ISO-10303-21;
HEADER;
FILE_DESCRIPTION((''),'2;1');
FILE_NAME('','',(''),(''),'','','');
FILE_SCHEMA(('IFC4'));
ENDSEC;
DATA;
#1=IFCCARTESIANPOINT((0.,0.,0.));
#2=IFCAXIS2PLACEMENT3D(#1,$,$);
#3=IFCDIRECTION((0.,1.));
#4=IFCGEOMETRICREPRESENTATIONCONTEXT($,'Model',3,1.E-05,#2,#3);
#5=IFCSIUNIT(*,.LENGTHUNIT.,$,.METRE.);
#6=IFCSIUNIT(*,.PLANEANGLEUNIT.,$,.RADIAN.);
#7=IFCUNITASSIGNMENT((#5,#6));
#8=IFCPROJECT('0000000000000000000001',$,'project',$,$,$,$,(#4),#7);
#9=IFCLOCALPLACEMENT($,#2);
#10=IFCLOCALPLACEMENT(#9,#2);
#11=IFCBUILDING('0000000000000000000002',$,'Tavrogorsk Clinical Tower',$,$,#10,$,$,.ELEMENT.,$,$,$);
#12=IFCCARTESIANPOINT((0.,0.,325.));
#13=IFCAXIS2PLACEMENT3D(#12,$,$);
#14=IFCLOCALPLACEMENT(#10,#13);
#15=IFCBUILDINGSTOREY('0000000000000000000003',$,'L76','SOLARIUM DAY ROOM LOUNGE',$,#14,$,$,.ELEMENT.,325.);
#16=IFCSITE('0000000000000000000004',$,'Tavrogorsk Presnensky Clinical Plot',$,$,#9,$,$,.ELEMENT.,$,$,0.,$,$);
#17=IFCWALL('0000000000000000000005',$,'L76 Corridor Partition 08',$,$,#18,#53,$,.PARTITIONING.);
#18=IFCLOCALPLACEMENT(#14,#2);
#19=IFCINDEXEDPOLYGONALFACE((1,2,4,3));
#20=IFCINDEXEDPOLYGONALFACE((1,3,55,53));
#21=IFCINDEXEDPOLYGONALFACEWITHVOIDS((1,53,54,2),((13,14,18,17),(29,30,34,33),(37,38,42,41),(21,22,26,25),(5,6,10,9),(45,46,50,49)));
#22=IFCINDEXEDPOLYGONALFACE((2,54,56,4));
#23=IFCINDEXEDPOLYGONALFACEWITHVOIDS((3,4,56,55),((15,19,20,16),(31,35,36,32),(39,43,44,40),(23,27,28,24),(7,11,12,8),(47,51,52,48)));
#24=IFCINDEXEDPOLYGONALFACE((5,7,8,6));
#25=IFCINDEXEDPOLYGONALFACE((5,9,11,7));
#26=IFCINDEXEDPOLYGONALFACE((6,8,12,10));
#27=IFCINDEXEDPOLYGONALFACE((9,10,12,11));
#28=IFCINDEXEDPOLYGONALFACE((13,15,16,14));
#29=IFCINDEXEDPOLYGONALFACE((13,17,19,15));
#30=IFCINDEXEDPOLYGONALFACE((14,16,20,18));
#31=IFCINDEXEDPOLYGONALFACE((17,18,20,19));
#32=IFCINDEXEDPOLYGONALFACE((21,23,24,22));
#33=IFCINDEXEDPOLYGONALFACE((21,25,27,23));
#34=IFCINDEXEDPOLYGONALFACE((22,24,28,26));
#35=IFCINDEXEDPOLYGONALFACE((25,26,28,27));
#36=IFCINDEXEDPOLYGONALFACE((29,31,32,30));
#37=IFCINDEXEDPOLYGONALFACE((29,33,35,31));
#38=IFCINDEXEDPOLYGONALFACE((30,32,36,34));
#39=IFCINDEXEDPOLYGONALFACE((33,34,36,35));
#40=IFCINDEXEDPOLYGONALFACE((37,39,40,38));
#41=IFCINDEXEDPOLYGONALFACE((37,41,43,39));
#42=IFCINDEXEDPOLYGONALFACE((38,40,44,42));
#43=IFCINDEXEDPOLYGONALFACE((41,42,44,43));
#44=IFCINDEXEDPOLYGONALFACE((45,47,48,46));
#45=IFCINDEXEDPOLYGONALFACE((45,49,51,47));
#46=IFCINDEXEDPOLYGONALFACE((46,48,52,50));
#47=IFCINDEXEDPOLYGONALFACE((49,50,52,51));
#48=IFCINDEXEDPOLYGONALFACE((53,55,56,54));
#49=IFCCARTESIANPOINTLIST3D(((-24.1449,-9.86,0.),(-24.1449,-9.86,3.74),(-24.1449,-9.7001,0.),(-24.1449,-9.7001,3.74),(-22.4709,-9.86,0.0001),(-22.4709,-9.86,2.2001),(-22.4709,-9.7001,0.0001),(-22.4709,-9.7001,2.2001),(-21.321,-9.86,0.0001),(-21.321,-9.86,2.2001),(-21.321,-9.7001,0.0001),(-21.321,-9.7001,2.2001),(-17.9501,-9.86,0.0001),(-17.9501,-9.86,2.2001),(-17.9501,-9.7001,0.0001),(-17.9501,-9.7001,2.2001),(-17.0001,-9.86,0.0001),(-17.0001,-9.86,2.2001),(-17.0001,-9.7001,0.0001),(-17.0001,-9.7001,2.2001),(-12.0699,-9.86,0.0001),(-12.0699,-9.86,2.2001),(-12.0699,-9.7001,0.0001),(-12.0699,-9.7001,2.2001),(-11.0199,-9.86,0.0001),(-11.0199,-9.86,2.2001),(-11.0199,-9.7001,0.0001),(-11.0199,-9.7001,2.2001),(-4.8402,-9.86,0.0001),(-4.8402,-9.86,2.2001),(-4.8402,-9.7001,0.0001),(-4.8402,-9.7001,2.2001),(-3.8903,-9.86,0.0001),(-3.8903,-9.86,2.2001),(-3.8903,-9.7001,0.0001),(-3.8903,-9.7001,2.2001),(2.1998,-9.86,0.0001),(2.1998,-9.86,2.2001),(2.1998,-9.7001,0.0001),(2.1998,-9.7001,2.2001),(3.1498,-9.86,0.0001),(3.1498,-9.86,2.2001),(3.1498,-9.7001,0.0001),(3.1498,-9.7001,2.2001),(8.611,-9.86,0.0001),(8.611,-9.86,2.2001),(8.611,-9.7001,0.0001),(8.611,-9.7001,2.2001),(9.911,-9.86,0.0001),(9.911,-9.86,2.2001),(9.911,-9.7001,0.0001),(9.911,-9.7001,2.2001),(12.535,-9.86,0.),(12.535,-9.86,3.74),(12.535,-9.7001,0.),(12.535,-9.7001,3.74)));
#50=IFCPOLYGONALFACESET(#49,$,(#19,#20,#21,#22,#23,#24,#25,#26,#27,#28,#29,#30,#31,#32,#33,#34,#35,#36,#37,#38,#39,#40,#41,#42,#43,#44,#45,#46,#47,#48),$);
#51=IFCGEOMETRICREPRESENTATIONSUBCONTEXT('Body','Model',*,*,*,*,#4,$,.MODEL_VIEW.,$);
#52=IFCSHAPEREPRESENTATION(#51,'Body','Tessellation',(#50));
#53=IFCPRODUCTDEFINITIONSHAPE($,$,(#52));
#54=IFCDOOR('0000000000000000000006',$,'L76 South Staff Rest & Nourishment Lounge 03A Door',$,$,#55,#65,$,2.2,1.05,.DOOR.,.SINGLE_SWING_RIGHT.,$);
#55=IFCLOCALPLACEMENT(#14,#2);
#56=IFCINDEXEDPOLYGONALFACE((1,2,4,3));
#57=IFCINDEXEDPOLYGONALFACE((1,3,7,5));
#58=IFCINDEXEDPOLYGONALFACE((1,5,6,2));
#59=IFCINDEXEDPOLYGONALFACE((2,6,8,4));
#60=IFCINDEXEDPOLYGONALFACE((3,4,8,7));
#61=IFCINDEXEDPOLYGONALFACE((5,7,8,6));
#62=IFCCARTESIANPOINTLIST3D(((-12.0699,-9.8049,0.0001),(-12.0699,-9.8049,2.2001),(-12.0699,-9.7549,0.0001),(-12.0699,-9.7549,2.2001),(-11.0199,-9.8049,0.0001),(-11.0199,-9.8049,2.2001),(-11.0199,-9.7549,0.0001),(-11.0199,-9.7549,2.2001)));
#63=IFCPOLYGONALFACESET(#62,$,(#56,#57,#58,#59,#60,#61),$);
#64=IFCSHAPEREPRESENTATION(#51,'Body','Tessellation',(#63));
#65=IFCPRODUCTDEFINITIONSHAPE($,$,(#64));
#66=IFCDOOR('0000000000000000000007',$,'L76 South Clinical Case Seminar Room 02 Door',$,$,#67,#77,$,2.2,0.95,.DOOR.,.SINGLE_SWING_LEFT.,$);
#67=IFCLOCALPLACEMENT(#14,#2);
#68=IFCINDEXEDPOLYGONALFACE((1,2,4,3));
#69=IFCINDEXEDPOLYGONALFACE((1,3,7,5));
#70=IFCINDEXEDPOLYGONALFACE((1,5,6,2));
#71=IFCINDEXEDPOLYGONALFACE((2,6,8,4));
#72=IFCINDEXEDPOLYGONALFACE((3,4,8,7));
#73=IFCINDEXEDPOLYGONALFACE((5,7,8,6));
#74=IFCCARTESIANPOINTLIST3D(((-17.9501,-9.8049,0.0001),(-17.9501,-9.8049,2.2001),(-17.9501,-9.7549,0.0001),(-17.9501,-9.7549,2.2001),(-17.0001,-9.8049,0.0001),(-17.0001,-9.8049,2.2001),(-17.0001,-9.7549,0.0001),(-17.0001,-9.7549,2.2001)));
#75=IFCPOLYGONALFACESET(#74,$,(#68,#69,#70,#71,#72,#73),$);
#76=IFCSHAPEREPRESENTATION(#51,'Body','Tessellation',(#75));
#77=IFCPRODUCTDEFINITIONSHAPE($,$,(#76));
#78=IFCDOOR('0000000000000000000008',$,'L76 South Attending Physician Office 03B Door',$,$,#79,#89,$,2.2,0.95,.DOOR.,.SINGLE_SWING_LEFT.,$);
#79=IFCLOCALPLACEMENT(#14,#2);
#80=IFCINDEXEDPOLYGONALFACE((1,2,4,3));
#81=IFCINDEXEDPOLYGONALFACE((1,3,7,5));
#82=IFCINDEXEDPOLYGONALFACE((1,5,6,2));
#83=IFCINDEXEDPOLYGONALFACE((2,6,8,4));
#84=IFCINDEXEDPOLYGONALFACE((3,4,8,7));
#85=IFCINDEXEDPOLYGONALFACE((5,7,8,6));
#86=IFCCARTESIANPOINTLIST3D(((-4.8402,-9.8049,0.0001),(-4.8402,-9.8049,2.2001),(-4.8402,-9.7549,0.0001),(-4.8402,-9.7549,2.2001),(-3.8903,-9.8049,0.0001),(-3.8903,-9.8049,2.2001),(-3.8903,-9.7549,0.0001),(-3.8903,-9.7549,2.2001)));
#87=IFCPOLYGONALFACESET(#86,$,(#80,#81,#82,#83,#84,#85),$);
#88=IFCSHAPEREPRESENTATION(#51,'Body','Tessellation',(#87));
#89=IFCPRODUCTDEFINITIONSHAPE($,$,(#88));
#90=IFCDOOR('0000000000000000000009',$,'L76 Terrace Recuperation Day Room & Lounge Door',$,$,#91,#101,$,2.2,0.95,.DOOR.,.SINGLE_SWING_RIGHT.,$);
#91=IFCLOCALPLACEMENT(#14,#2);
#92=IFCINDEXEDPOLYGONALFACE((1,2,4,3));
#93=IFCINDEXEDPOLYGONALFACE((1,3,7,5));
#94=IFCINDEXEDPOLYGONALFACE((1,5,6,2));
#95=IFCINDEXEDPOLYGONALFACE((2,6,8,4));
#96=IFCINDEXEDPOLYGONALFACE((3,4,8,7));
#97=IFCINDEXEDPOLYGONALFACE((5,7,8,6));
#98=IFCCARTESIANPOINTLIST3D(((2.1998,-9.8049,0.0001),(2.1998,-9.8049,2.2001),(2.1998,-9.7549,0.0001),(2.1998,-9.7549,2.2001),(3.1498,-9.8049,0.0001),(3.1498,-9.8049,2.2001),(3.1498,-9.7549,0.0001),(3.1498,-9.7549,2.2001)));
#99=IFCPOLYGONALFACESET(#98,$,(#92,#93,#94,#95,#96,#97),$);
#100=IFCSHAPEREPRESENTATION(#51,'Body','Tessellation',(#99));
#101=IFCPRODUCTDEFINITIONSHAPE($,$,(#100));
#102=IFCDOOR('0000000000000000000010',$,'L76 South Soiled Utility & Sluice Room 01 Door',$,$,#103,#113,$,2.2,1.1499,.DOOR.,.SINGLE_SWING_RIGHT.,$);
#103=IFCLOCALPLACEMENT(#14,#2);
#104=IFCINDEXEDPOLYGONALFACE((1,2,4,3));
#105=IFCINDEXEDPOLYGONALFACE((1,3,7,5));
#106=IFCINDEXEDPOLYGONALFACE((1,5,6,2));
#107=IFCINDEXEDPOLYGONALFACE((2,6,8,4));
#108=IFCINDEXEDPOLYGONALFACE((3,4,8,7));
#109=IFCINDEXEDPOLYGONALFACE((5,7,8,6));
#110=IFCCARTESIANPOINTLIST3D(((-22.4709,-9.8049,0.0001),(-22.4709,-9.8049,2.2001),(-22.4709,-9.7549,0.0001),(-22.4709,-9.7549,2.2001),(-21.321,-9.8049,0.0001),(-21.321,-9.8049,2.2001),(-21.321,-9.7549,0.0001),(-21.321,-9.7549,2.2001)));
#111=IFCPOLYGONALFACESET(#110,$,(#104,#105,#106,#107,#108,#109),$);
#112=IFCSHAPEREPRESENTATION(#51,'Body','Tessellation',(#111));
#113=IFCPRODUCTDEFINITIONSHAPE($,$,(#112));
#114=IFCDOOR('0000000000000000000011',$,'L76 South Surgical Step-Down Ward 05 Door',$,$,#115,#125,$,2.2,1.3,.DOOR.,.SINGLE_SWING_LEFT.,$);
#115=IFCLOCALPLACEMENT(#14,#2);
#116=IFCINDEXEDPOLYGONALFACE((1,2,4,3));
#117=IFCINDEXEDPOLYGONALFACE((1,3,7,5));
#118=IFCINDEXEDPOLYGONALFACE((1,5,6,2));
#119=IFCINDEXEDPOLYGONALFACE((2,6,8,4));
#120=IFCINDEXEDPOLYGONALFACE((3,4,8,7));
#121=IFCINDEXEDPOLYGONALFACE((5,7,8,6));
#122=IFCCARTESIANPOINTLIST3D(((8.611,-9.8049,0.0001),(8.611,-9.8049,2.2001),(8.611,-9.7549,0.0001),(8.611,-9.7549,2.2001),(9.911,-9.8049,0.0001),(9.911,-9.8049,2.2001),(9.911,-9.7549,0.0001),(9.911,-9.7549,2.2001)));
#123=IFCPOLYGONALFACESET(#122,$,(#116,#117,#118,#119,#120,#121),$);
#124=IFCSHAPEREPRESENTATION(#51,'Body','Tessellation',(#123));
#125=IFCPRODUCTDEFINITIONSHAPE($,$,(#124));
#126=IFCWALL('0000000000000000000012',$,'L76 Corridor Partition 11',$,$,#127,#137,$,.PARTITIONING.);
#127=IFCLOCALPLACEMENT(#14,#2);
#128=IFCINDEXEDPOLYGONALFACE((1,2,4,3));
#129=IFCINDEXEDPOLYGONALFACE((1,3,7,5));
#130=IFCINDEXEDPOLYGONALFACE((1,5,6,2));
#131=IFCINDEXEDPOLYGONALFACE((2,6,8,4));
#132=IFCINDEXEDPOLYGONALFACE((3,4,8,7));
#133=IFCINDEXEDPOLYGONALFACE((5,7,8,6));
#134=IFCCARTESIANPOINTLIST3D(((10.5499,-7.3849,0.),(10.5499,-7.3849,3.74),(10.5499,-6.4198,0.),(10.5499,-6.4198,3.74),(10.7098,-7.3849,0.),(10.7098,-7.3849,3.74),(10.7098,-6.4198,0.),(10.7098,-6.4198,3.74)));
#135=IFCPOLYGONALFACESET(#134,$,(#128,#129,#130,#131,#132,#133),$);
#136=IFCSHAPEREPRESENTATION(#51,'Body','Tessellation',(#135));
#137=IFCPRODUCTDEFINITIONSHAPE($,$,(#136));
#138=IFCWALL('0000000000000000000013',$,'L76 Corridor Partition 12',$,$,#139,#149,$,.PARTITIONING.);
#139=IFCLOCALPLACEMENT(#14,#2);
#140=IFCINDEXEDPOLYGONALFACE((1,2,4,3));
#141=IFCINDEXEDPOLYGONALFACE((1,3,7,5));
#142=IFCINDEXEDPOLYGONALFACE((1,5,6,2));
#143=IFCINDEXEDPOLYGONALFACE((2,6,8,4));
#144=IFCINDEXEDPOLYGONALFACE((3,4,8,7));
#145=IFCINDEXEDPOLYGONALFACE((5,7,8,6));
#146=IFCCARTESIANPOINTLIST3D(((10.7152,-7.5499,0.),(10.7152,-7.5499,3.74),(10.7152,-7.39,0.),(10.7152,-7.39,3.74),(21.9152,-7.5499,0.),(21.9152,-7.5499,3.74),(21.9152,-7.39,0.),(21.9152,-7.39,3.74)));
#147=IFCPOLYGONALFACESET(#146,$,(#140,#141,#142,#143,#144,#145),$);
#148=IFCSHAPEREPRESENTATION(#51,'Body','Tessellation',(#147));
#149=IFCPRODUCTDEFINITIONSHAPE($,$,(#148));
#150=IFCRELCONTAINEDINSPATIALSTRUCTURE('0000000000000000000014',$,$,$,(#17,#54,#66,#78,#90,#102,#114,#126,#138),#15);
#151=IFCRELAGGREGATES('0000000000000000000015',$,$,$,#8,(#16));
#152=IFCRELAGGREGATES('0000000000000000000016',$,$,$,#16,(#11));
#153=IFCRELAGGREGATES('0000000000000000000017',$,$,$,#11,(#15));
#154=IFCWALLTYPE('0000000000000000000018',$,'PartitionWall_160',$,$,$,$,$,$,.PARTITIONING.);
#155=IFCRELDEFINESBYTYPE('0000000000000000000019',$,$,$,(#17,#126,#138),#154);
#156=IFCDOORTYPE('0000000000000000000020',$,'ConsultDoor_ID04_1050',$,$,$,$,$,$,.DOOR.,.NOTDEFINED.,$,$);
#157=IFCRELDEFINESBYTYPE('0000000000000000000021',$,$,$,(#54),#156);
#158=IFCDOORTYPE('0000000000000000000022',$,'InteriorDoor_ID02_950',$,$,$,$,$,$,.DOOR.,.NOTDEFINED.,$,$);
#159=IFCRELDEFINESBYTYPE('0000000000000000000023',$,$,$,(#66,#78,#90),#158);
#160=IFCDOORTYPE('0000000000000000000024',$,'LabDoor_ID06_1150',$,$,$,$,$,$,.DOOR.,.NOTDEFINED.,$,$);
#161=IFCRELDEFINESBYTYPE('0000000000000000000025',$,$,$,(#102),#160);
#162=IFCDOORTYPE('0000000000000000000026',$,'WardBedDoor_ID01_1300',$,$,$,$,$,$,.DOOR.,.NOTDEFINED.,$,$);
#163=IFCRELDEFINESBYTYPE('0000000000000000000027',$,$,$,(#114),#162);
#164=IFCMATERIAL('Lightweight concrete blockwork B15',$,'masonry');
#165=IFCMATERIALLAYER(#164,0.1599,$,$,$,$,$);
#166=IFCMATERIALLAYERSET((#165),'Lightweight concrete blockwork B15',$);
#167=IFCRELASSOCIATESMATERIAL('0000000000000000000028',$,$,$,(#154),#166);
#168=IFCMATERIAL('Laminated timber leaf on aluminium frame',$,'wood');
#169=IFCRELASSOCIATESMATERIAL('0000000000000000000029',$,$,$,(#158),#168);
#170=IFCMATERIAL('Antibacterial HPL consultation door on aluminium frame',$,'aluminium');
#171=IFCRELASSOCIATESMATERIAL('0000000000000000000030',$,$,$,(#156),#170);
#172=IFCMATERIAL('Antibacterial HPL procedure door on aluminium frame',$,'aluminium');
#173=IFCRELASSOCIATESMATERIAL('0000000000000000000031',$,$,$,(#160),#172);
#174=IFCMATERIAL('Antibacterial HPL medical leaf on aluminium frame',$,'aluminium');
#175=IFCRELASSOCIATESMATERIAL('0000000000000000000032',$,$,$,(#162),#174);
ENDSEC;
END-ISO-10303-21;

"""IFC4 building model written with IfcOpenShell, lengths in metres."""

from ifc_helpers import new_model, si_unit, direction, frame, frame_2d, origin, place, context, subcontext, project, spatial, rectangle, extrude, material, layer, layer_set, type_object, element, fill, save


model = new_model("IFC4")

# Units and contexts
model_context = context("Model", 3, precision=1e-05, world=origin(), true_north=direction((0.0, 1.0)))
body_context = subcontext(model_context, "Body", "Model", "MODEL_VIEW")
ifc_project = project(units=[si_unit("LENGTHUNIT", "METRE"), si_unit("PLANEANGLEUNIT", "RADIAN")], contexts=[model_context])

# Site, building, storey
site_placement = place(None, origin())
site = spatial("IfcSite", under=ifc_project, at=site_placement, Name="Tavrogorsk Presnensky Clinical Plot", CompositionType="ELEMENT", RefElevation=0.0)
building_placement = place(site_placement, origin())
building = spatial("IfcBuilding", under=site, at=building_placement, Name="Tavrogorsk Clinical Tower", CompositionType="ELEMENT")
storey_placement = place(building_placement, frame((0.0, 0.0, 325.0)))
storey = spatial("IfcBuildingStorey", under=building, at=storey_placement, Name="L76", Description="SOLARIUM DAY ROOM LOUNGE", CompositionType="ELEMENT", Elevation=325.0)

# Shared definitions
ifc_material_1 = material(Name="Lightweight concrete blockwork B15", Category="masonry")
ifc_layer_1 = layer(ifc_material_1, 0.1599)
ifc_layer_set_1 = layer_set([ifc_layer_1], Name="Lightweight concrete blockwork B15")
wall_type_1 = type_object("IfcWallType", Name="PartitionWall_160", PredefinedType="PARTITIONING", material=ifc_layer_set_1)
ifc_material_2 = material(Name="Laminated timber leaf on aluminium frame", Category="wood")
door_type_1 = type_object("IfcDoorType", Name="InteriorDoor_ID02_950", OperationType="NOTDEFINED", PredefinedType="DOOR", material=ifc_material_2)

# Wall, openings, doors
wall_1_placement = place(storey_placement, frame((12.5349, -9.78, 0.0), z_axis=(0.0, 0.0, 1.0), x_axis=(-1.0, 0.0, 0.0)))
wall_1 = element("IfcWall", 1, at=wall_1_placement, inside=storey, type_object=wall_type_1, Name="L76 Corridor Partition 08", PredefinedType="PARTITIONING", context=body_context, shape_type="SweptSolid", body=[
    extrude(rectangle(XDim=36.6799, YDim=0.1599, at=frame_2d((18.3398, 0.0))), origin(), (0.0, 0.0, 1.0), 3.74),
])
opening_1_placement = place(wall_1_placement, frame((33.856, 0.0, 0.0)))
opening_1 = element("IfcOpeningElement", 2, at=opening_1_placement, cuts=wall_1, PredefinedType="OPENING", context=body_context, shape_type="SweptSolid", body=[
    extrude(rectangle(XDim=1.1499, YDim=2.2, at=frame_2d((0.575, 1.1001))), frame((0.0, 0.0898, 0.0), z_axis=(0.0, -1.0, 0.0), x_axis=(1.0, 0.0, 0.0)), (0.0, 0.0, 1.0), 0.1799),
])
opening_2_placement = place(wall_1_placement, frame((29.5349, 0.0, 0.0)))
opening_2 = element("IfcOpeningElement", 3, at=opening_2_placement, cuts=wall_1, PredefinedType="OPENING", context=body_context, shape_type="SweptSolid", body=[
    extrude(rectangle(XDim=0.95, YDim=2.2, at=frame_2d((0.4751, 1.1001))), frame((0.0, 0.0898, 0.0), z_axis=(0.0, -1.0, 0.0), x_axis=(1.0, 0.0, 0.0)), (0.0, 0.0, 1.0), 0.1799),
])
opening_3_placement = place(wall_1_placement, frame((23.5549, 0.0, 0.0)))
opening_3 = element("IfcOpeningElement", 4, at=opening_3_placement, cuts=wall_1, PredefinedType="OPENING", context=body_context, shape_type="SweptSolid", body=[
    extrude(rectangle(XDim=1.05, YDim=2.2, at=frame_2d((0.5249, 1.1001))), frame((0.0, 0.0898, 0.0), z_axis=(0.0, -1.0, 0.0), x_axis=(1.0, 0.0, 0.0)), (0.0, 0.0, 1.0), 0.1799),
])
opening_4_placement = place(wall_1_placement, frame((16.425, 0.0, 0.0)))
opening_4 = element("IfcOpeningElement", 5, at=opening_4_placement, cuts=wall_1, PredefinedType="OPENING", context=body_context, shape_type="SweptSolid", body=[
    extrude(rectangle(XDim=0.95, YDim=2.2, at=frame_2d((0.4751, 1.1001))), frame((0.0, 0.0898, 0.0), z_axis=(0.0, -1.0, 0.0), x_axis=(1.0, 0.0, 0.0)), (0.0, 0.0, 1.0), 0.1799),
])
opening_5_placement = place(wall_1_placement, frame((9.385, 0.0, 0.0)))
opening_5 = element("IfcOpeningElement", 6, at=opening_5_placement, cuts=wall_1, PredefinedType="OPENING", context=body_context, shape_type="SweptSolid", body=[
    extrude(rectangle(XDim=0.95, YDim=2.2, at=frame_2d((0.4751, 1.1001))), frame((0.0, 0.0898, 0.0), z_axis=(0.0, -1.0, 0.0), x_axis=(1.0, 0.0, 0.0)), (0.0, 0.0, 1.0), 0.1799),
])
opening_6_placement = place(wall_1_placement, frame((2.624, 0.0, 0.0)))
opening_6 = element("IfcOpeningElement", 7, at=opening_6_placement, cuts=wall_1, PredefinedType="OPENING", context=body_context, shape_type="SweptSolid", body=[
    extrude(rectangle(XDim=1.3, YDim=2.2, at=frame_2d((0.6499, 1.1001))), frame((0.0, 0.0898, 0.0), z_axis=(0.0, -1.0, 0.0), x_axis=(1.0, 0.0, 0.0)), (0.0, 0.0, 1.0), 0.1799),
])
ifc_material_3 = material(Name="Antibacterial HPL consultation door on aluminium frame", Category="aluminium")
door_type_2 = type_object("IfcDoorType", Name="ConsultDoor_ID04_1050", OperationType="NOTDEFINED", PredefinedType="DOOR", material=ifc_material_3)
door_1_placement = place(opening_3_placement, origin())
door_1 = element("IfcDoor", 8, at=door_1_placement, inside=storey, type_object=door_type_2, Name="L76 South Staff Rest & Nourishment Lounge 03A Door", OperationType="SINGLE_SWING_RIGHT", OverallHeight=2.2, OverallWidth=1.05, PredefinedType="DOOR", context=body_context, shape_type="SweptSolid", body=[
    extrude(rectangle(XDim=1.05, YDim=2.2, at=frame_2d((0.5249, 1.1001))), frame((0.0, 0.0249, 0.0), z_axis=(0.0, -1.0, 0.0), x_axis=(1.0, 0.0, 0.0)), (0.0, 0.0, 1.0), 0.05),
])
fill(opening_3, door_1)
door_2_placement = place(opening_2_placement, origin())
door_2 = element("IfcDoor", 9, at=door_2_placement, inside=storey, type_object=door_type_1, Name="L76 South Clinical Case Seminar Room 02 Door", OperationType="SINGLE_SWING_LEFT", OverallHeight=2.2, OverallWidth=0.95, PredefinedType="DOOR", context=body_context, shape_type="SweptSolid", body=[
    extrude(rectangle(XDim=0.95, YDim=2.2, at=frame_2d((0.4751, 1.1001))), frame((0.0, 0.0249, 0.0), z_axis=(0.0, -1.0, 0.0), x_axis=(1.0, 0.0, 0.0)), (0.0, 0.0, 1.0), 0.05),
])
fill(opening_2, door_2)
door_3_placement = place(opening_4_placement, origin())
door_3 = element("IfcDoor", 10, at=door_3_placement, inside=storey, type_object=door_type_1, Name="L76 South Attending Physician Office 03B Door", OperationType="SINGLE_SWING_LEFT", OverallHeight=2.2, OverallWidth=0.95, PredefinedType="DOOR", context=body_context, shape_type="SweptSolid", body=[
    extrude(rectangle(XDim=0.95, YDim=2.2, at=frame_2d((0.4751, 1.1001))), frame((0.0, 0.0249, 0.0), z_axis=(0.0, -1.0, 0.0), x_axis=(1.0, 0.0, 0.0)), (0.0, 0.0, 1.0), 0.05),
])
fill(opening_4, door_3)
door_4_placement = place(opening_5_placement, origin())
door_4 = element("IfcDoor", 11, at=door_4_placement, inside=storey, type_object=door_type_1, Name="L76 Terrace Recuperation Day Room & Lounge Door", OperationType="SINGLE_SWING_RIGHT", OverallHeight=2.2, OverallWidth=0.95, PredefinedType="DOOR", context=body_context, shape_type="SweptSolid", body=[
    extrude(rectangle(XDim=0.95, YDim=2.2, at=frame_2d((0.4751, 1.1001))), frame((0.0, 0.0249, 0.0), z_axis=(0.0, -1.0, 0.0), x_axis=(1.0, 0.0, 0.0)), (0.0, 0.0, 1.0), 0.05),
])
fill(opening_5, door_4)
ifc_material_4 = material(Name="Antibacterial HPL procedure door on aluminium frame", Category="aluminium")
door_type_3 = type_object("IfcDoorType", Name="LabDoor_ID06_1150", OperationType="NOTDEFINED", PredefinedType="DOOR", material=ifc_material_4)
door_5_placement = place(opening_1_placement, origin())
door_5 = element("IfcDoor", 12, at=door_5_placement, inside=storey, type_object=door_type_3, Name="L76 South Soiled Utility & Sluice Room 01 Door", OperationType="SINGLE_SWING_RIGHT", OverallHeight=2.2, OverallWidth=1.1499, PredefinedType="DOOR", context=body_context, shape_type="SweptSolid", body=[
    extrude(rectangle(XDim=1.1499, YDim=2.2, at=frame_2d((0.575, 1.1001))), frame((0.0, 0.0249, 0.0), z_axis=(0.0, -1.0, 0.0), x_axis=(1.0, 0.0, 0.0)), (0.0, 0.0, 1.0), 0.05),
])
fill(opening_1, door_5)
ifc_material_5 = material(Name="Antibacterial HPL medical leaf on aluminium frame", Category="aluminium")
door_type_4 = type_object("IfcDoorType", Name="WardBedDoor_ID01_1300", OperationType="NOTDEFINED", PredefinedType="DOOR", material=ifc_material_5)
door_6_placement = place(opening_6_placement, origin())
door_6 = element("IfcDoor", 13, at=door_6_placement, inside=storey, type_object=door_type_4, Name="L76 South Surgical Step-Down Ward 05 Door", OperationType="SINGLE_SWING_LEFT", OverallHeight=2.2, OverallWidth=1.3, PredefinedType="DOOR", context=body_context, shape_type="SweptSolid", body=[
    extrude(rectangle(XDim=1.3, YDim=2.2, at=frame_2d((0.6499, 1.1001))), frame((0.0, 0.0249, 0.0), z_axis=(0.0, -1.0, 0.0), x_axis=(1.0, 0.0, 0.0)), (0.0, 0.0, 1.0), 0.05),
])
fill(opening_6, door_6)

# Walls
wall_2_placement = place(storey_placement, frame((10.6299, -6.4199, 0.0), z_axis=(0.0, 0.0, 1.0), x_axis=(0.0, -1.0, 0.0)))
element("IfcWall", 14, at=wall_2_placement, inside=storey, type_object=wall_type_1, Name="L76 Corridor Partition 11", PredefinedType="PARTITIONING", context=body_context, shape_type="SweptSolid", body=[
    extrude(rectangle(XDim=0.9651, YDim=0.1599, at=frame_2d((0.4824, 0.0))), origin(), (0.0, 0.0, 1.0), 3.74),
])
wall_3_placement = place(storey_placement, frame((10.7151, -7.47, 0.0), z_axis=(0.0, 0.0, 1.0), x_axis=(1.0, 0.0, 0.0)))
element("IfcWall", 15, at=wall_3_placement, inside=storey, type_object=wall_type_1, Name="L76 Corridor Partition 12", PredefinedType="PARTITIONING", context=body_context, shape_type="SweptSolid", body=[
    extrude(rectangle(XDim=11.2, YDim=0.1599, at=frame_2d((5.6001, 0.0))), origin(), (0.0, 0.0, 1.0), 3.74),
])

save(model, "model.ifc")
